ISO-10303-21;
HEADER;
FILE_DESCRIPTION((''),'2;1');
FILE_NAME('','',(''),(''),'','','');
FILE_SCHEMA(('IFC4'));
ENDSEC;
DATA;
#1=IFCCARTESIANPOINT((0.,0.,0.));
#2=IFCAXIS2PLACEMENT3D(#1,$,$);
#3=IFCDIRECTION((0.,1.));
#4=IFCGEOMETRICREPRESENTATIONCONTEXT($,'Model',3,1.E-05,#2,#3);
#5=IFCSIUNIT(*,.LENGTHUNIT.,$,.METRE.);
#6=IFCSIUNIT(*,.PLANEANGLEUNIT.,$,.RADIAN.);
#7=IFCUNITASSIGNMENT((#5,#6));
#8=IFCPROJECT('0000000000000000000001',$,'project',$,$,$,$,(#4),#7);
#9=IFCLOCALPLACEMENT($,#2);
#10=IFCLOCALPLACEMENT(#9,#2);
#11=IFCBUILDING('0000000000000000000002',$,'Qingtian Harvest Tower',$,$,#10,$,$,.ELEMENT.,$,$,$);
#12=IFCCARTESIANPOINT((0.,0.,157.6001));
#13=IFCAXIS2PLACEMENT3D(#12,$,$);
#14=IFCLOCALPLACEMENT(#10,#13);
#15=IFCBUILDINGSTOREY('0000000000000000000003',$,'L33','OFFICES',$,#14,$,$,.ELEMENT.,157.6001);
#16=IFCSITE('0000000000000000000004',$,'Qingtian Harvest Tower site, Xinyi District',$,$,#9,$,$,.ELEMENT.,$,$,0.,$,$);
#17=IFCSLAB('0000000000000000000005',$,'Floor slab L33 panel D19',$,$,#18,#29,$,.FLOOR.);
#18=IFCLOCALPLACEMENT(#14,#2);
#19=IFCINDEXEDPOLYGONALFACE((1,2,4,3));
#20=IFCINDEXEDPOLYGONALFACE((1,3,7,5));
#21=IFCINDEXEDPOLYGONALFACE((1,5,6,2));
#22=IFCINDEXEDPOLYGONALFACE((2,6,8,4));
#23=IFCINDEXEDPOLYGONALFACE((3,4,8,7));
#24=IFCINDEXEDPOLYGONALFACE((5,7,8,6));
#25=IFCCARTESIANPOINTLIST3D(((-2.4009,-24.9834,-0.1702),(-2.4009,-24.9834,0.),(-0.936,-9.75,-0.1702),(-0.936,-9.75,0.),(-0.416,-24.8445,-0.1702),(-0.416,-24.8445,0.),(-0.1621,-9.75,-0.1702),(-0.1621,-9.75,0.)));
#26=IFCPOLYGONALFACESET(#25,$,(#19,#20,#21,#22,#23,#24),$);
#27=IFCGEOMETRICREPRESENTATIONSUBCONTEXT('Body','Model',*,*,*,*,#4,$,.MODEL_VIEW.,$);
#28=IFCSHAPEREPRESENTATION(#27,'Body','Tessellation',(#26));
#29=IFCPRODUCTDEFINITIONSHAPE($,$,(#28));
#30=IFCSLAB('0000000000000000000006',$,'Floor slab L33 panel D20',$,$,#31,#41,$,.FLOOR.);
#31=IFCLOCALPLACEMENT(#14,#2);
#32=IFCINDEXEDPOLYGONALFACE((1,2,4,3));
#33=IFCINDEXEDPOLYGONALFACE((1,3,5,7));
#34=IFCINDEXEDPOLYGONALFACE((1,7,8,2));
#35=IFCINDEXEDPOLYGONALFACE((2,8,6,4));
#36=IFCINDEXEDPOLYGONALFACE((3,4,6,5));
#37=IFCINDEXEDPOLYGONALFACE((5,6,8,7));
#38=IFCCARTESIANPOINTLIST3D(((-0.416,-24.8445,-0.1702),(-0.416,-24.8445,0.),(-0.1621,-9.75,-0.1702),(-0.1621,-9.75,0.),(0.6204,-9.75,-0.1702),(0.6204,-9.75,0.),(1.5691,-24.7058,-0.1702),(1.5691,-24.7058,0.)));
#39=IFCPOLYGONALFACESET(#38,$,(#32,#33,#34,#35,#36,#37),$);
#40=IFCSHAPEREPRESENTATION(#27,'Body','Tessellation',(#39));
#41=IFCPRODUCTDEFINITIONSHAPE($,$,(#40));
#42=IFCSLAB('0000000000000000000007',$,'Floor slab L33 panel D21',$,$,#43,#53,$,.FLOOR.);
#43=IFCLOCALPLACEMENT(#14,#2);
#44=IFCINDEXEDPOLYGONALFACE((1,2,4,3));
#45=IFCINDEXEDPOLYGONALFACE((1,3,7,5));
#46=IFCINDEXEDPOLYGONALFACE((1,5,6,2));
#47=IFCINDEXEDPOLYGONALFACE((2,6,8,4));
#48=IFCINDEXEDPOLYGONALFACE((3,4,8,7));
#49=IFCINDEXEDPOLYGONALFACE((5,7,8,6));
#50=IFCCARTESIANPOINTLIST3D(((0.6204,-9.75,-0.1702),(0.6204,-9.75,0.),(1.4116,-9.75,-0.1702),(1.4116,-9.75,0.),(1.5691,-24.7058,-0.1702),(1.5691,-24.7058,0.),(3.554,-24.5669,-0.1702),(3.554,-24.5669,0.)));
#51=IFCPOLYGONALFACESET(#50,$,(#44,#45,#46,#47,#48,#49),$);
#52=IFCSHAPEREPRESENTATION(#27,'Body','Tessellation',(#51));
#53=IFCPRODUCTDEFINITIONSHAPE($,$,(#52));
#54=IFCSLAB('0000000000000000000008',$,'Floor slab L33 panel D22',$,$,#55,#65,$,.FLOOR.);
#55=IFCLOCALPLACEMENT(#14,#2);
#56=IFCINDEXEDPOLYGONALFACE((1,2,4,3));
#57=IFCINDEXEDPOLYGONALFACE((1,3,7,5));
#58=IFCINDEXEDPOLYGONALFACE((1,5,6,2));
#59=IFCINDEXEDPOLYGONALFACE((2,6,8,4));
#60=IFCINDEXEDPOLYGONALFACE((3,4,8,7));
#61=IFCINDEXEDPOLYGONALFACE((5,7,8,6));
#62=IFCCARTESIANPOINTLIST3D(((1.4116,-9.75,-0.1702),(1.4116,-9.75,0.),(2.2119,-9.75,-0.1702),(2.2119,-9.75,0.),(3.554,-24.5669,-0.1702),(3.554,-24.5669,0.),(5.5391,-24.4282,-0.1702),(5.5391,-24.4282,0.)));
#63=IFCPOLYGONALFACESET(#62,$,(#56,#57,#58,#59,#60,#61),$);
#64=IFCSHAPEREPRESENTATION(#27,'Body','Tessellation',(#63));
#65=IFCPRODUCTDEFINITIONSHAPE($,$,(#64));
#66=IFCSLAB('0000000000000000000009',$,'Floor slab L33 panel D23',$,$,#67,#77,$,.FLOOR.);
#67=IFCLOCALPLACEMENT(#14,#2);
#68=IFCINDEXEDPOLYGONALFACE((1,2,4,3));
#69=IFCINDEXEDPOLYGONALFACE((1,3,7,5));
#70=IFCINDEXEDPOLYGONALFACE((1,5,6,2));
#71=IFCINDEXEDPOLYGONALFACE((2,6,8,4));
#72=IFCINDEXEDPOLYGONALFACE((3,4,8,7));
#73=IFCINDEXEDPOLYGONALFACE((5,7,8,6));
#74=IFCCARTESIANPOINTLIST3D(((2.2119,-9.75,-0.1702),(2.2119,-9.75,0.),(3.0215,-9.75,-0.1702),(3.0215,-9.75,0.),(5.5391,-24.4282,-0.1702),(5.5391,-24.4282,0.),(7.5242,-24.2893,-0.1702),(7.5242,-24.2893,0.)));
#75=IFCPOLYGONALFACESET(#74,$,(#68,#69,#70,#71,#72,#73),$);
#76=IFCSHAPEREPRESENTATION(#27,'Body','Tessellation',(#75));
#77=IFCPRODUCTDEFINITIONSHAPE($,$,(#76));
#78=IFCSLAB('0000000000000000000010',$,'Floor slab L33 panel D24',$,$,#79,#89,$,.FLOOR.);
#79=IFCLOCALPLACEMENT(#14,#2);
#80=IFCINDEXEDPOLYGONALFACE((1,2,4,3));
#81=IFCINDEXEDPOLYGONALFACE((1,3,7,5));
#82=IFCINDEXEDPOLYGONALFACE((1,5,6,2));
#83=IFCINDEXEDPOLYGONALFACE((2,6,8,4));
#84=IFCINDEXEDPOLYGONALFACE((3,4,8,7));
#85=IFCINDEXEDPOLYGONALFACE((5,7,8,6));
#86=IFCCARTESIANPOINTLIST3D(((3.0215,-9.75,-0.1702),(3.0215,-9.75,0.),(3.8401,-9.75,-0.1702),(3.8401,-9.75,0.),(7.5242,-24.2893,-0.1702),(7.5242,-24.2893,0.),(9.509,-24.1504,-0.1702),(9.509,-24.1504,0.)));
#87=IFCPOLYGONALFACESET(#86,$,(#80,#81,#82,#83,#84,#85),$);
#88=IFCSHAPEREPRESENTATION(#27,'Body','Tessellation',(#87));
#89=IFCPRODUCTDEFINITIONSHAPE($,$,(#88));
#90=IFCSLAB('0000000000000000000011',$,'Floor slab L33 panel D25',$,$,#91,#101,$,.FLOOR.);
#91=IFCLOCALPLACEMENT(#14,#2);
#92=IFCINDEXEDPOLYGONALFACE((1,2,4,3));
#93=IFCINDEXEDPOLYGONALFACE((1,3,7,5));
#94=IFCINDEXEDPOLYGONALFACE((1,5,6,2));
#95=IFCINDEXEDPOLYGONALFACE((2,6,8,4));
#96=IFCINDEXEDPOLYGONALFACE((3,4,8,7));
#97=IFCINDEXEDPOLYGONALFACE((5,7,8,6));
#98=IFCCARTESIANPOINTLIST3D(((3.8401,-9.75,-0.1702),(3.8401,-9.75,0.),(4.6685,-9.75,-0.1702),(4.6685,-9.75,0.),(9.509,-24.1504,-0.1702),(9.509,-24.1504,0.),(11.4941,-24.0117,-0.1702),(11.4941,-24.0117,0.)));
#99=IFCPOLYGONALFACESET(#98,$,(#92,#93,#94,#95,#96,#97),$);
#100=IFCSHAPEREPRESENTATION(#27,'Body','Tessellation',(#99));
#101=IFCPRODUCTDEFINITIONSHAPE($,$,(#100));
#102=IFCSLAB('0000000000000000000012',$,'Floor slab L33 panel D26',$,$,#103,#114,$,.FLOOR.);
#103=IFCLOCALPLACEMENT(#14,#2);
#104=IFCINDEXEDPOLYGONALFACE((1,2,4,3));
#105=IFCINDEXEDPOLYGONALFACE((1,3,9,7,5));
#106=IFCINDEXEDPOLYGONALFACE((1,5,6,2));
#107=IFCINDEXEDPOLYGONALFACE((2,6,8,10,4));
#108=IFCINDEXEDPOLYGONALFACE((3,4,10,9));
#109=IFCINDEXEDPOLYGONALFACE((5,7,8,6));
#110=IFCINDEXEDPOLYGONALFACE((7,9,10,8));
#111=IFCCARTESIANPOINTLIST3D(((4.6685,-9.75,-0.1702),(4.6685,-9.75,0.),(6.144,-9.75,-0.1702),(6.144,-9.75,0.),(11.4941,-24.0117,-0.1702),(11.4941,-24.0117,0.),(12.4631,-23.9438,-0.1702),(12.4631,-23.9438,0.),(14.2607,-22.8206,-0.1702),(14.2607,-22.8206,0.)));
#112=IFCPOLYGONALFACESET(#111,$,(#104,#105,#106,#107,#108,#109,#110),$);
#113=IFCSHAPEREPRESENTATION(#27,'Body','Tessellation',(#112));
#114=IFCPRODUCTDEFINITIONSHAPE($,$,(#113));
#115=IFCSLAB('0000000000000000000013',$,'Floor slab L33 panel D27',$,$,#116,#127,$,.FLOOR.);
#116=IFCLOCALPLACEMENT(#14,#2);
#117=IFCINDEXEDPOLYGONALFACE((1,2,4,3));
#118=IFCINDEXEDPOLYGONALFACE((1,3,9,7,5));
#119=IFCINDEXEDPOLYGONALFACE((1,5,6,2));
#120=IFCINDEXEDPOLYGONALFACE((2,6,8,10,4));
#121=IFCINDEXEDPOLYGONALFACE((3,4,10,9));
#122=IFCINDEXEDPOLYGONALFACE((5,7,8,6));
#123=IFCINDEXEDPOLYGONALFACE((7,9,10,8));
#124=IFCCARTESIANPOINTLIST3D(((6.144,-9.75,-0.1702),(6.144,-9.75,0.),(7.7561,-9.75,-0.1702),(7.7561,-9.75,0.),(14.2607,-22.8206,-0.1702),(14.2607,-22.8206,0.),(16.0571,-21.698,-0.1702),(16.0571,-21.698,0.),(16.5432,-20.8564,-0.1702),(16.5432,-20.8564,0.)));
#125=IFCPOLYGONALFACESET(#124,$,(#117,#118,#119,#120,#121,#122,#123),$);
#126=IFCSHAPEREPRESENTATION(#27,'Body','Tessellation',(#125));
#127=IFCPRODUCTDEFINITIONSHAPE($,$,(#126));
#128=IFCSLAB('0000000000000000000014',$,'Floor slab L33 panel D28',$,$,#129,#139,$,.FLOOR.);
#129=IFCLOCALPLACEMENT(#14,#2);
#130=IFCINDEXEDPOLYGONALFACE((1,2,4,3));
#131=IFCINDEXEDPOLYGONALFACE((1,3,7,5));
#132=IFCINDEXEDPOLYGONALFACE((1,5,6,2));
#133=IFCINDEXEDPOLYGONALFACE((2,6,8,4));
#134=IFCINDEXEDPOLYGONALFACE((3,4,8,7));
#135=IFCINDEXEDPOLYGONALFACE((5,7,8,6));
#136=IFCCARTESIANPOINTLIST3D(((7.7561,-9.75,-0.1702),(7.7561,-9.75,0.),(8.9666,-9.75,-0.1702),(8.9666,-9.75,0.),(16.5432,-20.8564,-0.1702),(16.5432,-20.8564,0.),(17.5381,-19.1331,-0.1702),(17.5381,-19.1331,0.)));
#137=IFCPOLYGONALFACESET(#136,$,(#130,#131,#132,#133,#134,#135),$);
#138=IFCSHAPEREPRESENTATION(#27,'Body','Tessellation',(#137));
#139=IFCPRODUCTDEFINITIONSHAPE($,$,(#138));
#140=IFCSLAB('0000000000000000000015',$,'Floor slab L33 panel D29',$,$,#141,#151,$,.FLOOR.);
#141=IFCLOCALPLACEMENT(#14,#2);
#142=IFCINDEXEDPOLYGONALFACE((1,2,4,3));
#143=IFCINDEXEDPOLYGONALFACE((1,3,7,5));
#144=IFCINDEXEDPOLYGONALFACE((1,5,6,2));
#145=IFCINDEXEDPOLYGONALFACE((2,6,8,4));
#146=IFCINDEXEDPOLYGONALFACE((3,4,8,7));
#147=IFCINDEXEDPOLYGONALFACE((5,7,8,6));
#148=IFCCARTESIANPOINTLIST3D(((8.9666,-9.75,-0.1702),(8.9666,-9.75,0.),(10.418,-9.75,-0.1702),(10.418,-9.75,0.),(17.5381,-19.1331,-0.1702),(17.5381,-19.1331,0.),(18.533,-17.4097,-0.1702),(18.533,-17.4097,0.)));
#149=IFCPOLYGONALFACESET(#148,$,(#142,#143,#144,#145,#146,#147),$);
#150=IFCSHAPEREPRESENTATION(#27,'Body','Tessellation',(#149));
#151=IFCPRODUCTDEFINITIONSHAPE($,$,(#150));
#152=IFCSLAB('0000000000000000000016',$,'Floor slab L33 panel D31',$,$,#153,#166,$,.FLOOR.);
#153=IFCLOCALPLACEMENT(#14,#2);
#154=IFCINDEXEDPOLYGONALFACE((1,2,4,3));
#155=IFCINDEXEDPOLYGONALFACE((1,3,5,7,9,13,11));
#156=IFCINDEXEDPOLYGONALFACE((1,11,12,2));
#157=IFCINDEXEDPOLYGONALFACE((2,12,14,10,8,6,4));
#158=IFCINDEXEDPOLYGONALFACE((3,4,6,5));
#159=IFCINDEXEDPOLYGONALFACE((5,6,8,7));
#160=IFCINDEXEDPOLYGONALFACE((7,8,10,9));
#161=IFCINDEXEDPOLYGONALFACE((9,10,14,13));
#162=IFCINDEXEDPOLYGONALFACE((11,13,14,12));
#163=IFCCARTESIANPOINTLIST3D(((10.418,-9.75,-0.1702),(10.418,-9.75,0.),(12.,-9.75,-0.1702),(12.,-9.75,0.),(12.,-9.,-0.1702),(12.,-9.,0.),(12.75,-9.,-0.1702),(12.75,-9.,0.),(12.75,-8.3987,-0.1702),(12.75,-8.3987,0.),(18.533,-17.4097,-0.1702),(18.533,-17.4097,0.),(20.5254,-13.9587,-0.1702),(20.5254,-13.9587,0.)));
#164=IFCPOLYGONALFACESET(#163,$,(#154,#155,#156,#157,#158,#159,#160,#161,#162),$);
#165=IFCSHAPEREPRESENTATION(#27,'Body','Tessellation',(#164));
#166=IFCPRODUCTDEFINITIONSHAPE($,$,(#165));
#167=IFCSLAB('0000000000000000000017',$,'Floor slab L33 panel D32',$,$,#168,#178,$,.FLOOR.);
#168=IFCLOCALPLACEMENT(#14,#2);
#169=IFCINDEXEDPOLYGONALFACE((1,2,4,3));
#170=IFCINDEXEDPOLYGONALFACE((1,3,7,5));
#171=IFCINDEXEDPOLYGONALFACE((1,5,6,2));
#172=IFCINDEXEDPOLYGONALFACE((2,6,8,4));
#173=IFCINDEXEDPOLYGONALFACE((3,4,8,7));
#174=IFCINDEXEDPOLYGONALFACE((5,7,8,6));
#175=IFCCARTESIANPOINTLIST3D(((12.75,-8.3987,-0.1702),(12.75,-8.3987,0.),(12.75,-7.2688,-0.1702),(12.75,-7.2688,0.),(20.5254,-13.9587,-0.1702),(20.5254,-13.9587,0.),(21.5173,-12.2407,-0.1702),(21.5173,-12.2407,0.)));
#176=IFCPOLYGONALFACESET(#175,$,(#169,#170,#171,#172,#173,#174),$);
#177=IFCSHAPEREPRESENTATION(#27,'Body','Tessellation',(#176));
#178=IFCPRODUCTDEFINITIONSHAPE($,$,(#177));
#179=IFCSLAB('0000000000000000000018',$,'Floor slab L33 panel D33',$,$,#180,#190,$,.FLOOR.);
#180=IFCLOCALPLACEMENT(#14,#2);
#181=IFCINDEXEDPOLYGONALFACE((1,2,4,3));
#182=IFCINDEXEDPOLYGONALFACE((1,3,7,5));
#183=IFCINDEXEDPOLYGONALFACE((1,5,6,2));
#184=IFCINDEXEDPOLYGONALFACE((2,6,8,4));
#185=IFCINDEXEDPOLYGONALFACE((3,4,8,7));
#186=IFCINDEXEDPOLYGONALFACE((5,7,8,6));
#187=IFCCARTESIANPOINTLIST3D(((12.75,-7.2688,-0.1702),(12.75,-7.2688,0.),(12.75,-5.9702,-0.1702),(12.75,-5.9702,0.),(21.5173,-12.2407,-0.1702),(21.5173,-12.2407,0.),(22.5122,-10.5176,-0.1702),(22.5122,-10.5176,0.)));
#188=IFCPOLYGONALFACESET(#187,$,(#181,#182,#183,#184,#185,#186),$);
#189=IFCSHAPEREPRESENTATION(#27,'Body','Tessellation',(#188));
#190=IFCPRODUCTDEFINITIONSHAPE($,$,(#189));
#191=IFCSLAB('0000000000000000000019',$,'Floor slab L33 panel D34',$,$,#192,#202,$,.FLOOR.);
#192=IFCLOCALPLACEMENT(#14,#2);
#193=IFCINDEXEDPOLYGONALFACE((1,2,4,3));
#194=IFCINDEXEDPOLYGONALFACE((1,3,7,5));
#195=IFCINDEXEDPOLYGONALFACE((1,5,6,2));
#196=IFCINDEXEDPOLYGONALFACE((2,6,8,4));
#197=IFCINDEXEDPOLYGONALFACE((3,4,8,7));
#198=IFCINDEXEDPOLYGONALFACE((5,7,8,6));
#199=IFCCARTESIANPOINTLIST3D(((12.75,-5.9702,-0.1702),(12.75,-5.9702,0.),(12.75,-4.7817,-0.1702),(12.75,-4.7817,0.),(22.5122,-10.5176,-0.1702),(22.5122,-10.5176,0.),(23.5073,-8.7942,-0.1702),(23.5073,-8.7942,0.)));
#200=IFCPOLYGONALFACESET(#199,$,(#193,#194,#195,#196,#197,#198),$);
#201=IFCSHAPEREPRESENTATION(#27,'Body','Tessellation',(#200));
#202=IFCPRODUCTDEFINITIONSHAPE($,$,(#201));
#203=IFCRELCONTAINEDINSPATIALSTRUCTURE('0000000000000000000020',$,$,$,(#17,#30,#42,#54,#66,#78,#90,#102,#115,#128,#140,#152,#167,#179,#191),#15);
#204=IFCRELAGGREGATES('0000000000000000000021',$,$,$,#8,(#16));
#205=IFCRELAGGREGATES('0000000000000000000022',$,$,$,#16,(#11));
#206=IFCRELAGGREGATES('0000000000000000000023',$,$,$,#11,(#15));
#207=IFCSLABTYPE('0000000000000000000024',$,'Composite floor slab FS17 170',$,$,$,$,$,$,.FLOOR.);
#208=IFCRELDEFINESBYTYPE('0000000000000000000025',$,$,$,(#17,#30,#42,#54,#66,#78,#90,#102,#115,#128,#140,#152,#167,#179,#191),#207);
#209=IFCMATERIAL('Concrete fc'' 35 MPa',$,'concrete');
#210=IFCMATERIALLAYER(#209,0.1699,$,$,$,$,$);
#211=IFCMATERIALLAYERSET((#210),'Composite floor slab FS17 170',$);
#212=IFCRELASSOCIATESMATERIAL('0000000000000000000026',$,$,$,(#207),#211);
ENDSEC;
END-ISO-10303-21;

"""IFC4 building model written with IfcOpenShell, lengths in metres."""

from ifc_helpers import new_model, si_unit, direction, frame, origin, place, context, subcontext, project, spatial, polyline, outline, extrude, material, layer, layer_set, type_object, element, save


model = new_model("IFC4")

# Units and contexts
model_context = context("Model", 3, precision=1e-05, world=origin(), true_north=direction((0.0, 1.0)))
body_context = subcontext(model_context, "Body", "Model", "MODEL_VIEW")
ifc_project = project(units=[si_unit("LENGTHUNIT", "METRE"), si_unit("PLANEANGLEUNIT", "RADIAN")], contexts=[model_context])

# Site, building, storey
site_placement = place(None, origin())
site = spatial("IfcSite", under=ifc_project, at=site_placement, Name="Qingtian Harvest Tower site, Xinyi District", CompositionType="ELEMENT", RefElevation=0.0)
building_placement = place(site_placement, origin())
building = spatial("IfcBuilding", under=site, at=building_placement, Name="Qingtian Harvest Tower", CompositionType="ELEMENT")
storey_placement = place(building_placement, frame((0.0, 0.0, 157.6001)))
storey = spatial("IfcBuildingStorey", under=building, at=storey_placement, Name="L33", Description="OFFICES", CompositionType="ELEMENT", Elevation=157.6001)

# Slabs
ifc_material = material(Name="Concrete fc' 35 MPa", Category="concrete")
ifc_layer = layer(ifc_material, 0.1699)
ifc_layer_set = layer_set([ifc_layer], Name="Composite floor slab FS17 170")
slab_type = type_object("IfcSlabType", Name="Composite floor slab FS17 170", PredefinedType="FLOOR", material=ifc_layer_set)
slab_1_placement = place(storey_placement, frame((0.0, 0.0, -0.1702)))
element("IfcSlab", 1, at=slab_1_placement, inside=storey, type_object=slab_type, Name="Floor slab L33 panel D19", PredefinedType="FLOOR", context=body_context, shape_type="SweptSolid", body=[
    extrude(outline(polyline([(-0.1621, -9.75), (-0.416, -24.8445), (-2.4009, -24.9834), (-0.936, -9.75), (-0.1621, -9.75)])), origin(), (0.0, 0.0, 1.0), 0.1702),
])
slab_2_placement = place(storey_placement, frame((0.0, 0.0, -0.1702)))
element("IfcSlab", 2, at=slab_2_placement, inside=storey, type_object=slab_type, Name="Floor slab L33 panel D20", PredefinedType="FLOOR", context=body_context, shape_type="SweptSolid", body=[
    extrude(outline(polyline([(0.6204, -9.75), (1.5691, -24.7058), (-0.416, -24.8445), (-0.1621, -9.75), (0.6204, -9.75)])), origin(), (0.0, 0.0, 1.0), 0.1702),
])
slab_3_placement = place(storey_placement, frame((0.0, 0.0, -0.1702)))
element("IfcSlab", 3, at=slab_3_placement, inside=storey, type_object=slab_type, Name="Floor slab L33 panel D21", PredefinedType="FLOOR", context=body_context, shape_type="SweptSolid", body=[
    extrude(outline(polyline([(1.4116, -9.75), (3.554, -24.5669), (1.5691, -24.7058), (0.6204, -9.75), (1.4116, -9.75)])), origin(), (0.0, 0.0, 1.0), 0.1702),
])
slab_4_placement = place(storey_placement, frame((0.0, 0.0, -0.1702)))
element("IfcSlab", 4, at=slab_4_placement, inside=storey, type_object=slab_type, Name="Floor slab L33 panel D22", PredefinedType="FLOOR", context=body_context, shape_type="SweptSolid", body=[
    extrude(outline(polyline([(2.2119, -9.75), (5.5391, -24.4282), (3.554, -24.5669), (1.4116, -9.75), (2.2119, -9.75)])), origin(), (0.0, 0.0, 1.0), 0.1702),
])
slab_5_placement = place(storey_placement, frame((0.0, 0.0, -0.1702)))
element("IfcSlab", 5, at=slab_5_placement, inside=storey, type_object=slab_type, Name="Floor slab L33 panel D23", PredefinedType="FLOOR", context=body_context, shape_type="SweptSolid", body=[
    extrude(outline(polyline([(3.0215, -9.75), (7.5242, -24.2893), (5.5391, -24.4282), (2.2119, -9.75), (3.0215, -9.75)])), origin(), (0.0, 0.0, 1.0), 0.1702),
])
slab_6_placement = place(storey_placement, frame((0.0, 0.0, -0.1702)))
element("IfcSlab", 6, at=slab_6_placement, inside=storey, type_object=slab_type, Name="Floor slab L33 panel D24", PredefinedType="FLOOR", context=body_context, shape_type="SweptSolid", body=[
    extrude(outline(polyline([(3.8401, -9.75), (9.509, -24.1504), (7.5242, -24.2893), (3.0215, -9.75), (3.8401, -9.75)])), origin(), (0.0, 0.0, 1.0), 0.1702),
])
slab_7_placement = place(storey_placement, frame((0.0, 0.0, -0.1702)))
element("IfcSlab", 7, at=slab_7_placement, inside=storey, type_object=slab_type, Name="Floor slab L33 panel D25", PredefinedType="FLOOR", context=body_context, shape_type="SweptSolid", body=[
    extrude(outline(polyline([(4.6685, -9.75), (11.4941, -24.0117), (9.509, -24.1504), (3.8401, -9.75), (4.6685, -9.75)])), origin(), (0.0, 0.0, 1.0), 0.1702),
])
slab_8_placement = place(storey_placement, frame((0.0, 0.0, -0.1702)))
element("IfcSlab", 8, at=slab_8_placement, inside=storey, type_object=slab_type, Name="Floor slab L33 panel D26", PredefinedType="FLOOR", context=body_context, shape_type="SweptSolid", body=[
    extrude(outline(polyline([(4.6685, -9.75), (6.144, -9.75), (14.2607, -22.8206), (12.4631, -23.9438), (11.4941, -24.0117), (4.6685, -9.75)])), origin(), (0.0, 0.0, 1.0), 0.1702),
])
slab_9_placement = place(storey_placement, frame((0.0, 0.0, -0.1702)))
element("IfcSlab", 9, at=slab_9_placement, inside=storey, type_object=slab_type, Name="Floor slab L33 panel D27", PredefinedType="FLOOR", context=body_context, shape_type="SweptSolid", body=[
    extrude(outline(polyline([(6.144, -9.75), (7.7561, -9.75), (16.5432, -20.8564), (16.0571, -21.698), (14.2607, -22.8206), (6.144, -9.75)])), origin(), (0.0, 0.0, 1.0), 0.1702),
])
slab_10_placement = place(storey_placement, frame((0.0, 0.0, -0.1702)))
element("IfcSlab", 10, at=slab_10_placement, inside=storey, type_object=slab_type, Name="Floor slab L33 panel D28", PredefinedType="FLOOR", context=body_context, shape_type="SweptSolid", body=[
    extrude(outline(polyline([(8.9666, -9.75), (17.5381, -19.1331), (16.5432, -20.8564), (7.7561, -9.75), (8.9666, -9.75)])), origin(), (0.0, 0.0, 1.0), 0.1702),
])
slab_11_placement = place(storey_placement, frame((0.0, 0.0, -0.1702)))
element("IfcSlab", 11, at=slab_11_placement, inside=storey, type_object=slab_type, Name="Floor slab L33 panel D29", PredefinedType="FLOOR", context=body_context, shape_type="SweptSolid", body=[
    extrude(outline(polyline([(10.418, -9.75), (18.533, -17.4097), (17.5381, -19.1331), (8.9666, -9.75), (10.418, -9.75)])), origin(), (0.0, 0.0, 1.0), 0.1702),
])
slab_12_placement = place(storey_placement, frame((0.0, 0.0, -0.1702)))
element("IfcSlab", 12, at=slab_12_placement, inside=storey, type_object=slab_type, Name="Floor slab L33 panel D31", PredefinedType="FLOOR", context=body_context, shape_type="SweptSolid", body=[
    extrude(outline(polyline([(12.75, -8.3987), (20.5254, -13.9587), (18.533, -17.4097), (10.418, -9.75), (12.0, -9.75), (12.0, -9.0), (12.75, -9.0), (12.75, -8.3987)])), origin(), (0.0, 0.0, 1.0), 0.1702),
])
slab_13_placement = place(storey_placement, frame((0.0, 0.0, -0.1702)))
element("IfcSlab", 13, at=slab_13_placement, inside=storey, type_object=slab_type, Name="Floor slab L33 panel D32", PredefinedType="FLOOR", context=body_context, shape_type="SweptSolid", body=[
    extrude(outline(polyline([(12.75, -7.2688), (21.5173, -12.2407), (20.5254, -13.9587), (12.75, -8.3987), (12.75, -7.2688)])), origin(), (0.0, 0.0, 1.0), 0.1702),
])
slab_14_placement = place(storey_placement, frame((0.0, 0.0, -0.1702)))
element("IfcSlab", 14, at=slab_14_placement, inside=storey, type_object=slab_type, Name="Floor slab L33 panel D33", PredefinedType="FLOOR", context=body_context, shape_type="SweptSolid", body=[
    extrude(outline(polyline([(12.75, -5.9702), (22.5122, -10.5176), (21.5173, -12.2407), (12.75, -7.2688), (12.75, -5.9702)])), origin(), (0.0, 0.0, 1.0), 0.1702),
])
slab_15_placement = place(storey_placement, frame((0.0, 0.0, -0.1702)))
element("IfcSlab", 15, at=slab_15_placement, inside=storey, type_object=slab_type, Name="Floor slab L33 panel D34", PredefinedType="FLOOR", context=body_context, shape_type="SweptSolid", body=[
    extrude(outline(polyline([(12.75, -4.7817), (23.5073, -8.7942), (22.5122, -10.5176), (12.75, -5.9702), (12.75, -4.7817)])), origin(), (0.0, 0.0, 1.0), 0.1702),
])

save(model, "model.ifc")
